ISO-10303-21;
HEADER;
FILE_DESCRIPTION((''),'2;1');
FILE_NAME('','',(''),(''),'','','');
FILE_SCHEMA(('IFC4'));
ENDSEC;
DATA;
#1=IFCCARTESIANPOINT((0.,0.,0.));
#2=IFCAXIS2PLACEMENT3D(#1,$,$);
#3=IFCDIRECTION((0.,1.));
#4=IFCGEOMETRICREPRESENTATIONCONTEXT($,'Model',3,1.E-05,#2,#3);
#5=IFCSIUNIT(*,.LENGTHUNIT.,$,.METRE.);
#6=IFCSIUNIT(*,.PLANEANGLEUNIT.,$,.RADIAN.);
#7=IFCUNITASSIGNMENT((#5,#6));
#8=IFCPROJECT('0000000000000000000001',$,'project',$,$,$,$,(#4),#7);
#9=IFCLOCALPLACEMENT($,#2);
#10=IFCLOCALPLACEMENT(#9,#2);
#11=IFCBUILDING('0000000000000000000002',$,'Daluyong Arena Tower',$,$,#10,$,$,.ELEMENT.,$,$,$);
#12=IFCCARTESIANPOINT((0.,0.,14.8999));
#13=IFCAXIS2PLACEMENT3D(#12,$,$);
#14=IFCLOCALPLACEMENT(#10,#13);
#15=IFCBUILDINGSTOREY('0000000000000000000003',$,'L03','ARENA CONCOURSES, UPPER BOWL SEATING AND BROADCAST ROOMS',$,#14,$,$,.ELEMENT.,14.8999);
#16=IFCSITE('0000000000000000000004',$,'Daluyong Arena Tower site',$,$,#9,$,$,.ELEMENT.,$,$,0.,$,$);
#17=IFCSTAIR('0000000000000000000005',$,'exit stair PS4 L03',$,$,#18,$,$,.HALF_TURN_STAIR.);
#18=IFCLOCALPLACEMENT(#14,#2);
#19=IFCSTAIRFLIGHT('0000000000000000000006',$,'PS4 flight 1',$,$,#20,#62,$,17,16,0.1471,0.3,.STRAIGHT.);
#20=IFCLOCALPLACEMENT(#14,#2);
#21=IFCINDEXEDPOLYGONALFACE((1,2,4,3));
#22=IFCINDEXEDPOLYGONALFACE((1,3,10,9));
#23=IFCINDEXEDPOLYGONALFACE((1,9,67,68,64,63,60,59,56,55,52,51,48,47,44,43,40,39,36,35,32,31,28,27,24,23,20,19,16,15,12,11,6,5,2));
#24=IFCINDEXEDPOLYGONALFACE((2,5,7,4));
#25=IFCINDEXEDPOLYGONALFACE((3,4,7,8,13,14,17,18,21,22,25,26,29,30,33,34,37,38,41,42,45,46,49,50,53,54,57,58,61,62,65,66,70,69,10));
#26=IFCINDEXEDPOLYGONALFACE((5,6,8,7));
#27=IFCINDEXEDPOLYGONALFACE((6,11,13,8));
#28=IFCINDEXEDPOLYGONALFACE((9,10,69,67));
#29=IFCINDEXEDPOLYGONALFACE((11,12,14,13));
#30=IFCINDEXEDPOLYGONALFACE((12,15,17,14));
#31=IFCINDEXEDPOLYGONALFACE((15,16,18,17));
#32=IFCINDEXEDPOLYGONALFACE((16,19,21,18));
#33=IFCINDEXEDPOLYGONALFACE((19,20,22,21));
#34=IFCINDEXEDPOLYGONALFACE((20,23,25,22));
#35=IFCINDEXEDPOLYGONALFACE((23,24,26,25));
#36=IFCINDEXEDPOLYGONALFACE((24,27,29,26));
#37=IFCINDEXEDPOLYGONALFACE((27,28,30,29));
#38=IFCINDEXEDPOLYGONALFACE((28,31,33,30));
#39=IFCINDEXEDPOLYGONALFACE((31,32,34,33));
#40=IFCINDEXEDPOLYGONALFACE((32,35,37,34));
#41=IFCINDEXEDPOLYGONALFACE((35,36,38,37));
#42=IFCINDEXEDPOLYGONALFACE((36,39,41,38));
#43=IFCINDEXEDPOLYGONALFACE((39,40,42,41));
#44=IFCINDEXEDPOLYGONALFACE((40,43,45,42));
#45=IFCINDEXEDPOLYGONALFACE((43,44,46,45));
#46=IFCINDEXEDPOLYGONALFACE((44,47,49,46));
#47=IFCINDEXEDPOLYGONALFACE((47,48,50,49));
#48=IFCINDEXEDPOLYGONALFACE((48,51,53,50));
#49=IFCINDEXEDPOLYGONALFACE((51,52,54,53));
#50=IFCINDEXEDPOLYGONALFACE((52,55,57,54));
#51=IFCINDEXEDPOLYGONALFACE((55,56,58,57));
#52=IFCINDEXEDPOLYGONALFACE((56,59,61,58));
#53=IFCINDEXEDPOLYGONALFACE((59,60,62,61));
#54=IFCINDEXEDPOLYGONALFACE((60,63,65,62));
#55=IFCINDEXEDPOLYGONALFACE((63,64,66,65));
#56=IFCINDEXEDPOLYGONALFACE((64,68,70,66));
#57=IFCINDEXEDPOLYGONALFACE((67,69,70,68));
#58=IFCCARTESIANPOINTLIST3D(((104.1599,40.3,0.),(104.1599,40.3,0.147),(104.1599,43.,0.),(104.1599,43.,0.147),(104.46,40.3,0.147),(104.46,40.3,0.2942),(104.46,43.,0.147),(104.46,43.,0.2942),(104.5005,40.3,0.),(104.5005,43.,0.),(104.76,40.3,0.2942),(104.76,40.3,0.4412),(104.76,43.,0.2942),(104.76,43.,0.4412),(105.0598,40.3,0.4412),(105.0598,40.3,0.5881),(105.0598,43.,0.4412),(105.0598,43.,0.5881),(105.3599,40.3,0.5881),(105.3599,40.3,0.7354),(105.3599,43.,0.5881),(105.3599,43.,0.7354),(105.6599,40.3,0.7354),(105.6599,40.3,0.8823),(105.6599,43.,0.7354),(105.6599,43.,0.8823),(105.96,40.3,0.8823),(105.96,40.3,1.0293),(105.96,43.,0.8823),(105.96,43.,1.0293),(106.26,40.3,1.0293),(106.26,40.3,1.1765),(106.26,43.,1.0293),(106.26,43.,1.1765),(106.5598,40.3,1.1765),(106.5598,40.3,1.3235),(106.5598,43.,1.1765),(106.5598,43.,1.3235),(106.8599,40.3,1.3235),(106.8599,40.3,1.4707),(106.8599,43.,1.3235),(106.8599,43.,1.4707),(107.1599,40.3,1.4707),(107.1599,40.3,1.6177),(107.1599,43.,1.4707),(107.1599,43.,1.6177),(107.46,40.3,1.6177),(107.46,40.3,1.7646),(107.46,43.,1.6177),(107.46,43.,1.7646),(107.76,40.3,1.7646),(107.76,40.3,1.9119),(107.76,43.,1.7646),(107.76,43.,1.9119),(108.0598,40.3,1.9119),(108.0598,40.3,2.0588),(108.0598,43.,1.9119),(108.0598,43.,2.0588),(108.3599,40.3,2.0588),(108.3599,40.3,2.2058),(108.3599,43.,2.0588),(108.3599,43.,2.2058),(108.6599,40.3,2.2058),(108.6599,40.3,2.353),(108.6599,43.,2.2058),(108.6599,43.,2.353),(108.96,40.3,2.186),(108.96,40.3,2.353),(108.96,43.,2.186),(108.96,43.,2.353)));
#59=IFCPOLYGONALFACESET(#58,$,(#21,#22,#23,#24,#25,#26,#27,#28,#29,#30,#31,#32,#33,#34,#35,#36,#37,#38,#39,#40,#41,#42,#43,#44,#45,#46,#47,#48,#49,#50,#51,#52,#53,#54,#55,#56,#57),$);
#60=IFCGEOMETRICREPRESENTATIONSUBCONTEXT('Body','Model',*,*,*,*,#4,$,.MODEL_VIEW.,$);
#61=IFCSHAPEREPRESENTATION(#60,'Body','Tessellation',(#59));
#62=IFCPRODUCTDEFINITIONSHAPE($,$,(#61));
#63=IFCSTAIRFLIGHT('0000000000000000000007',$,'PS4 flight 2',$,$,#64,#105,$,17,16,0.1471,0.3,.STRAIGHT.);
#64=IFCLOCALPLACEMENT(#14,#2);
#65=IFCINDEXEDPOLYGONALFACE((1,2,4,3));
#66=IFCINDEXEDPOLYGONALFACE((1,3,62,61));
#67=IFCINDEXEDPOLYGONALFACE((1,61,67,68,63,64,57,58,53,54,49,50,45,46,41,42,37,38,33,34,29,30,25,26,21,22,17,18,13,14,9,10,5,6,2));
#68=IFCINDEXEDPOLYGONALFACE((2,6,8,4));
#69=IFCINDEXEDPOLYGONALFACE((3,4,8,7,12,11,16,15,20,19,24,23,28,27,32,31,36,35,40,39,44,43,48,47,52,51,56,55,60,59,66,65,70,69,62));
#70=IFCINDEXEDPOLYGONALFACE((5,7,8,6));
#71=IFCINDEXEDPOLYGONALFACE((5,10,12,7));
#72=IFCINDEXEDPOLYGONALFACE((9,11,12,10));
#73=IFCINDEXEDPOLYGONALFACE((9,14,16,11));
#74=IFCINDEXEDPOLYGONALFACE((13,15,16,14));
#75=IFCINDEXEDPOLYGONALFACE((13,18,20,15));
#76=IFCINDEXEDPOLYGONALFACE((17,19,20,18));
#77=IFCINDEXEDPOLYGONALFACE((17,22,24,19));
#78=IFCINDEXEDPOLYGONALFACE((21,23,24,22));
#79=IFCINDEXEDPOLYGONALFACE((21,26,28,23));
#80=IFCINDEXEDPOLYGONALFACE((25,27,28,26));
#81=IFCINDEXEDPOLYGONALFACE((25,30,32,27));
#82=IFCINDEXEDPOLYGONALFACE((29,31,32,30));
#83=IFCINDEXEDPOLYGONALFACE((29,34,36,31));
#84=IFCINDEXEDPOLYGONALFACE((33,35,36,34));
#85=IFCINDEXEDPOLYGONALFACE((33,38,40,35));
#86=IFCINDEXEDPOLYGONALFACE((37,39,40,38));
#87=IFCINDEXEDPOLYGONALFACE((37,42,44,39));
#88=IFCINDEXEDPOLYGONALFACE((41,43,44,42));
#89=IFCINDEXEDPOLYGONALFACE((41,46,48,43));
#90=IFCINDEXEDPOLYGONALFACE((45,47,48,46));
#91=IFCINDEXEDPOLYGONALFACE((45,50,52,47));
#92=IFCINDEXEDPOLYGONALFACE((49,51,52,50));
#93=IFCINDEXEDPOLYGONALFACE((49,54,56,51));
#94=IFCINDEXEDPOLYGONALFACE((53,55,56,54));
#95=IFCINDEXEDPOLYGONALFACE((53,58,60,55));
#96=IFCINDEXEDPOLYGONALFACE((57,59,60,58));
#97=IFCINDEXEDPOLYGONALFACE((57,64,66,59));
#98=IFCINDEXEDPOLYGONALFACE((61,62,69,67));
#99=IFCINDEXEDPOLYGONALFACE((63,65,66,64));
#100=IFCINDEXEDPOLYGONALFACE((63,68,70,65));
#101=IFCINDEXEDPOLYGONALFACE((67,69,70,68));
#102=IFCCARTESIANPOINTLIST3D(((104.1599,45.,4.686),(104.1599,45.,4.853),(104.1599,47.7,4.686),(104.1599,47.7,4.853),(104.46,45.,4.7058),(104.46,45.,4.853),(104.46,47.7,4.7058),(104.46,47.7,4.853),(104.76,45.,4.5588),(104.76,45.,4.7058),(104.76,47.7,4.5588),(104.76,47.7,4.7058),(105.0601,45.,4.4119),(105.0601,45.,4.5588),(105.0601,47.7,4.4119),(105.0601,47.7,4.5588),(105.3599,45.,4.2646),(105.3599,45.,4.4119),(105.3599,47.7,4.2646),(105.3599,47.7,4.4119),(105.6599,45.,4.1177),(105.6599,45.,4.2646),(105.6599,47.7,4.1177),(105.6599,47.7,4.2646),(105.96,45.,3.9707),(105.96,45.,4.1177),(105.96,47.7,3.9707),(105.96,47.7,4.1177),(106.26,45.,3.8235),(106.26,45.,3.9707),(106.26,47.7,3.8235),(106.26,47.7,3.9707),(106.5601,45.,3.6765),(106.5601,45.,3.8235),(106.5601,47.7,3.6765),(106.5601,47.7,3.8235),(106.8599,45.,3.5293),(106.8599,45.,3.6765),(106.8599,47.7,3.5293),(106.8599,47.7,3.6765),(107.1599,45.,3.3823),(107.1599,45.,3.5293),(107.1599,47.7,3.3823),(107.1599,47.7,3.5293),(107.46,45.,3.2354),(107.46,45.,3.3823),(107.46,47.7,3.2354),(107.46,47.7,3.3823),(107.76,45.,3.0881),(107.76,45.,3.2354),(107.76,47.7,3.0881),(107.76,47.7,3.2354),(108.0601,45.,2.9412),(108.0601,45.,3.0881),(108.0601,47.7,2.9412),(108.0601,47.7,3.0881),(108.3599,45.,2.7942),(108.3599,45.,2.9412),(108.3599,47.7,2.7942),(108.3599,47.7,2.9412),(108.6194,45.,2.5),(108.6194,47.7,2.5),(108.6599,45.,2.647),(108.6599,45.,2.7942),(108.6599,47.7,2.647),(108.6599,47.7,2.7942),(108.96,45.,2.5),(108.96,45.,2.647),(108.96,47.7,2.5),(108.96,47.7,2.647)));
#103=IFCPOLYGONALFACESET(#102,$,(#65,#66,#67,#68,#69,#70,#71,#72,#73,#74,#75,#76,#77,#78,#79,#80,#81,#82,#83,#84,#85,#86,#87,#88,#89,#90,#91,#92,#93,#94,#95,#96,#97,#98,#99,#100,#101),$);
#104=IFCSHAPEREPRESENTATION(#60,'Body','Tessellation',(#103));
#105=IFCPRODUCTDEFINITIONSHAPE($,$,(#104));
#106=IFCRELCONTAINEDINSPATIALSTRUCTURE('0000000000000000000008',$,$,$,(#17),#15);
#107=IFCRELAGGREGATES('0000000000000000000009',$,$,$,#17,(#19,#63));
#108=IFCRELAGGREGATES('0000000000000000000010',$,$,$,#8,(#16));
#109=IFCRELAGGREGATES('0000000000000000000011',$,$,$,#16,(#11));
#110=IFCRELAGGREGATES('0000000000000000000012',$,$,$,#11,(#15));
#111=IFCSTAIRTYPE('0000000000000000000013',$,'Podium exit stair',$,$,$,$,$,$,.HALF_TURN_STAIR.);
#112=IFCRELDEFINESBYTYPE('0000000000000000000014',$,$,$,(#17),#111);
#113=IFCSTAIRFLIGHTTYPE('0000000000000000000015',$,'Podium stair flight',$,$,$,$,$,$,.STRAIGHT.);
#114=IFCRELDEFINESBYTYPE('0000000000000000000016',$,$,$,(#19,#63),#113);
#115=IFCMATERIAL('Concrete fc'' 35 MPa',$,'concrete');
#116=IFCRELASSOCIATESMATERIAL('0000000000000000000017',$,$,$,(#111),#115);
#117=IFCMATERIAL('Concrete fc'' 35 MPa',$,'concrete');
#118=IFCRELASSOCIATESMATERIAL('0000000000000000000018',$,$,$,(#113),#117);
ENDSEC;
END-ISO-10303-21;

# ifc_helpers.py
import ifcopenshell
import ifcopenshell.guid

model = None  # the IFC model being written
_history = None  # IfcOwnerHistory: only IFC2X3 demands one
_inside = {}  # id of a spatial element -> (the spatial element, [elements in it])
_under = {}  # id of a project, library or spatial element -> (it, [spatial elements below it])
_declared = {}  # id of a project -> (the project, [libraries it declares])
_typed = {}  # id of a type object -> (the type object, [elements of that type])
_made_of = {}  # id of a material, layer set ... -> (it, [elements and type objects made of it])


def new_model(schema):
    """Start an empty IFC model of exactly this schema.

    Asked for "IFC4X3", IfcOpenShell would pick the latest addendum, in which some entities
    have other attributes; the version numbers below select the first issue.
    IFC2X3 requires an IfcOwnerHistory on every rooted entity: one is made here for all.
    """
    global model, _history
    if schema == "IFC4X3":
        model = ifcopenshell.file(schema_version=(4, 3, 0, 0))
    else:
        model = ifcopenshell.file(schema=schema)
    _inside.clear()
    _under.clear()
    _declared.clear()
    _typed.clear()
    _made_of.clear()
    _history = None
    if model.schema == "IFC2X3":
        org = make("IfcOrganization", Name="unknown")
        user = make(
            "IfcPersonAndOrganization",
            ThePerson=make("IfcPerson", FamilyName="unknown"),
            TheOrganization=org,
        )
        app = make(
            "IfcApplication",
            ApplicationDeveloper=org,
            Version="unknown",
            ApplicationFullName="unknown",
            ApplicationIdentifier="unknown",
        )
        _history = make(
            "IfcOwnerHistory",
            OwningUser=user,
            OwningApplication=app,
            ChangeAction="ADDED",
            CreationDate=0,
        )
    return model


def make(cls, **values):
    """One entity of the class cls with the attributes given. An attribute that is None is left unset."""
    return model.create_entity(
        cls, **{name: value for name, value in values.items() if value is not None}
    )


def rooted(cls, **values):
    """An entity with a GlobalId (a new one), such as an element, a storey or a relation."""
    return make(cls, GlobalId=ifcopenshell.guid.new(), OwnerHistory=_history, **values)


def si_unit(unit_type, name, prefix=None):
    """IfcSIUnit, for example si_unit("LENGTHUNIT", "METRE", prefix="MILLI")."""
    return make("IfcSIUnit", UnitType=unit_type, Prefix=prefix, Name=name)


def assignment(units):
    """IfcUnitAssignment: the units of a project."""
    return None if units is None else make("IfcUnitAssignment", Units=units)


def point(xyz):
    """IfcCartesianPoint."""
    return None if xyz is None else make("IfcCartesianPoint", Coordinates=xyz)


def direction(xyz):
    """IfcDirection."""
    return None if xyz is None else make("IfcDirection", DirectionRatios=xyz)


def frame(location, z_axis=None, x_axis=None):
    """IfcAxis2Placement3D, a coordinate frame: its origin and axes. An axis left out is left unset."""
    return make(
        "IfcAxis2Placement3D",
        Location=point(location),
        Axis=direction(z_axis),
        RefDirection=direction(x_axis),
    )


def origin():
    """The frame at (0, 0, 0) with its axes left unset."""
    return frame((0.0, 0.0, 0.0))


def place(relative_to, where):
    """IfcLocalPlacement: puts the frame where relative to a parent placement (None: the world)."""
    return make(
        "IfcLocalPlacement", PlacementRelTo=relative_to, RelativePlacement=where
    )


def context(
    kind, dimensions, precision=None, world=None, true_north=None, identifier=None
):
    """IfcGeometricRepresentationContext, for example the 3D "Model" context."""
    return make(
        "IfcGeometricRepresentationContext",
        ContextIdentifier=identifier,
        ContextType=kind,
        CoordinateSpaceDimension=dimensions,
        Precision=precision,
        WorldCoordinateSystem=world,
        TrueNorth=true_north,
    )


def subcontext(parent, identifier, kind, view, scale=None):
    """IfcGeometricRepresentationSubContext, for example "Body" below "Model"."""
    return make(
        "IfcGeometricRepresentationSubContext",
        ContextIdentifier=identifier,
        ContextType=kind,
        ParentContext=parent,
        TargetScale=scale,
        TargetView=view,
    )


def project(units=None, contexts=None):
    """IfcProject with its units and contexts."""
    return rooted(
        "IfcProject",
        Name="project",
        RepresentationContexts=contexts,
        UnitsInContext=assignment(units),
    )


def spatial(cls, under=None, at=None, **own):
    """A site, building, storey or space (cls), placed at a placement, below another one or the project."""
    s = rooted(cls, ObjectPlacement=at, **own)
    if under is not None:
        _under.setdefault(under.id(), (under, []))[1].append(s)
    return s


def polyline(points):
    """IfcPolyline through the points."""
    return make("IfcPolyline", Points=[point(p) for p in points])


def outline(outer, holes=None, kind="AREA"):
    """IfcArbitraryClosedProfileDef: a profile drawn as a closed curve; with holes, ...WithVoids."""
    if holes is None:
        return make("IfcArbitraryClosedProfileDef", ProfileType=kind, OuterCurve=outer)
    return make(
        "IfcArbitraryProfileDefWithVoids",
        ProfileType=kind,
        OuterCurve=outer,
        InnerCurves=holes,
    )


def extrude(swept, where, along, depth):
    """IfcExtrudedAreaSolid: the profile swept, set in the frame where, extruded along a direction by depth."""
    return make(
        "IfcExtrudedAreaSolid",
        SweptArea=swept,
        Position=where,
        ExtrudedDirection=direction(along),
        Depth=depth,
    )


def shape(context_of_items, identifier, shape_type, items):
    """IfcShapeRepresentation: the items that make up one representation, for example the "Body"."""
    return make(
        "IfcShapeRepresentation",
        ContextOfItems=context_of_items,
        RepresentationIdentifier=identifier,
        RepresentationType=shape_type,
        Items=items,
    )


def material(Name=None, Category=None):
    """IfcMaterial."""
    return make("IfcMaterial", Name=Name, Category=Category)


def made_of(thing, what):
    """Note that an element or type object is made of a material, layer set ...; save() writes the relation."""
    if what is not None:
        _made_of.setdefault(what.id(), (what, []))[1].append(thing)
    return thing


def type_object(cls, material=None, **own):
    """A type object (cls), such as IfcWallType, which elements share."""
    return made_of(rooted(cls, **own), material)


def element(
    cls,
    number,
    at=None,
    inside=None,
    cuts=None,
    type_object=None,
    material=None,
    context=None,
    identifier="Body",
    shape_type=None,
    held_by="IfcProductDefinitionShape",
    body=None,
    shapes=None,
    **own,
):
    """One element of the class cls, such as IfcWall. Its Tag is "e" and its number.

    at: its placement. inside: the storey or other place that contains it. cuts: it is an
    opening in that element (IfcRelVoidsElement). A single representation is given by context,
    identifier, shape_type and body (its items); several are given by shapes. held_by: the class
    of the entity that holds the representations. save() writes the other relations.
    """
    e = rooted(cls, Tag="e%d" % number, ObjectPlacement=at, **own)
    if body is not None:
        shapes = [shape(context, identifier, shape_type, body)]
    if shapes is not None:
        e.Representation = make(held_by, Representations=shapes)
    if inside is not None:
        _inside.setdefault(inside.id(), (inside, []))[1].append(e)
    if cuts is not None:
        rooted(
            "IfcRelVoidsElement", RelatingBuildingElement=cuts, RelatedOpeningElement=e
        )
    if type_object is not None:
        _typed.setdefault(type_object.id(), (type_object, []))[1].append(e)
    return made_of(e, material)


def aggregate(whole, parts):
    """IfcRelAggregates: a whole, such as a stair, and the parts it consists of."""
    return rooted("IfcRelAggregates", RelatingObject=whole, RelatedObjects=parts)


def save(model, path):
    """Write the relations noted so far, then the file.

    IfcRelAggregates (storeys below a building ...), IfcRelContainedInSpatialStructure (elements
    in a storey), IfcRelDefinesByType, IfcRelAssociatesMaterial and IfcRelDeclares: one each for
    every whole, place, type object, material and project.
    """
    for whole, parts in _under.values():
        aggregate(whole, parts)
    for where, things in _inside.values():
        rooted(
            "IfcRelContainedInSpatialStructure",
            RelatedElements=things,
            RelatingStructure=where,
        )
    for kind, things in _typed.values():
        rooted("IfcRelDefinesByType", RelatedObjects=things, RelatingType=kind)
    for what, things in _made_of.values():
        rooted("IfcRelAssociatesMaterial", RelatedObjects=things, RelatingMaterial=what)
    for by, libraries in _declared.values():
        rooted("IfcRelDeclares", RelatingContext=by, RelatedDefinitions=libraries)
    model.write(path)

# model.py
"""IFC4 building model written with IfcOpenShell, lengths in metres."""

from ifc_helpers import new_model, si_unit, direction, frame, origin, place, context, subcontext, project, spatial, polyline, outline, extrude, material, type_object, element, aggregate, save


model = new_model("IFC4")

# Units and contexts
model_context = context("Model", 3, precision=1e-05, world=origin(), true_north=direction((0.0, 1.0)))
body_context = subcontext(model_context, "Body", "Model", "MODEL_VIEW")
ifc_project = project(units=[si_unit("LENGTHUNIT", "METRE"), si_unit("PLANEANGLEUNIT", "RADIAN")], contexts=[model_context])

# Site, building, storey
site_placement = place(None, origin())
site = spatial("IfcSite", under=ifc_project, at=site_placement, Name="Daluyong Arena Tower site", CompositionType="ELEMENT", RefElevation=0.0)
building_placement = place(site_placement, origin())
building = spatial("IfcBuilding", under=site, at=building_placement, Name="Daluyong Arena Tower", CompositionType="ELEMENT")
storey_placement = place(building_placement, frame((0.0, 0.0, 14.8999)))
storey = spatial("IfcBuildingStorey", under=building, at=storey_placement, Name="L03", Description="ARENA CONCOURSES, UPPER BOWL SEATING AND BROADCAST ROOMS", CompositionType="ELEMENT", Elevation=14.8999)

# Stair, stair flights
ifc_material_1 = material(Name="Concrete fc' 35 MPa", Category="concrete")
stair_type = type_object("IfcStairType", Name="Podium exit stair", PredefinedType="HALF_TURN_STAIR", material=ifc_material_1)
stair_placement = place(storey_placement, origin())
stair = element("IfcStair", 1, at=stair_placement, inside=storey, type_object=stair_type, Name="exit stair PS4 L03", PredefinedType="HALF_TURN_STAIR")
ifc_material_2 = material(Name="Concrete fc' 35 MPa", Category="concrete")
stair_flight_type = type_object("IfcStairFlightType", Name="Podium stair flight", PredefinedType="STRAIGHT", material=ifc_material_2)
stair_flight_1_placement = place(storey_placement, frame((104.1599, 41.6499, 0.0), z_axis=(0.0, 0.0, 1.0), x_axis=(1.0, 0.0, 0.0)))
stair_flight_1 = element("IfcStairFlight", 2, at=stair_flight_1_placement, type_object=stair_flight_type, Name="PS4 flight 1", NumberOfRisers=17, NumberOfTreads=16, PredefinedType="STRAIGHT", RiserHeight=0.1471, TreadLength=0.3, context=body_context, shape_type="SweptSolid", body=[
    extrude(outline(polyline([(0.0, 0.0), (0.0, 0.147), (0.3, 0.147), (0.3, 0.2942), (0.6001, 0.2942), (0.6001, 0.4412), (0.8999, 0.4412), (0.8999, 0.5881), (1.2, 0.5881), (1.2, 0.7354), (1.5, 0.7354), (1.5, 0.8823), (1.8, 0.8823), (1.8, 1.0293), (2.1001, 1.0293), (2.1001, 1.1765), (2.3999, 1.1765), (2.3999, 1.3235), (2.7, 1.3235), (2.7, 1.4707), (3.0, 1.4707), (3.0, 1.6177), (3.3, 1.6177), (3.3, 1.7646), (3.6001, 1.7646), (3.6001, 1.9119), (3.8999, 1.9119), (3.8999, 2.0588), (4.2, 2.0588), (4.2, 2.2058), (4.5, 2.2058), (4.5, 2.353), (4.8, 2.353), (4.8, 2.5), (4.8, 2.186), (0.3406, 0.0), (0.0, 0.0)])), frame((0.0, 1.3501, 0.0), z_axis=(0.0, -1.0, 0.0), x_axis=(1.0, 0.0, 0.0)), (0.0, 0.0, 1.0), 2.7),
])
stair_flight_2_placement = place(storey_placement, frame((108.96, 46.3501, 2.5), z_axis=(0.0, 0.0, 1.0), x_axis=(-1.0, 0.0, 0.0)))
stair_flight_2 = element("IfcStairFlight", 3, at=stair_flight_2_placement, type_object=stair_flight_type, Name="PS4 flight 2", NumberOfRisers=17, NumberOfTreads=16, PredefinedType="STRAIGHT", RiserHeight=0.1471, TreadLength=0.3, context=body_context, shape_type="SweptSolid", body=[
    extrude(outline(polyline([(0.0, 0.0), (0.0, 0.147), (0.3, 0.147), (0.3, 0.2942), (0.6001, 0.2942), (0.6001, 0.4412), (0.8999, 0.4412), (0.8999, 0.5881), (1.2, 0.5881), (1.2, 0.7354), (1.5, 0.7354), (1.5, 0.8823), (1.8, 0.8823), (1.8, 1.0293), (2.1001, 1.0293), (2.1001, 1.1765), (2.3999, 1.1765), (2.3999, 1.3235), (2.7, 1.3235), (2.7, 1.4707), (3.0, 1.4707), (3.0, 1.6177), (3.3, 1.6177), (3.3, 1.7646), (3.6001, 1.7646), (3.6001, 1.9119), (3.8999, 1.9119), (3.8999, 2.0588), (4.2, 2.0588), (4.2, 2.2058), (4.5, 2.2058), (4.5, 2.353), (4.8, 2.353), (4.8, 2.5), (4.8, 2.186), (0.3406, 0.0), (0.0, 0.0)])), frame((0.0, 1.3501, 0.0), z_axis=(0.0, -1.0, 0.0), x_axis=(1.0, 0.0, 0.0)), (0.0, 0.0, 1.0), 2.7),
])
aggregate(stair, [stair_flight_1, stair_flight_2])

save(model, "model.ifc")
